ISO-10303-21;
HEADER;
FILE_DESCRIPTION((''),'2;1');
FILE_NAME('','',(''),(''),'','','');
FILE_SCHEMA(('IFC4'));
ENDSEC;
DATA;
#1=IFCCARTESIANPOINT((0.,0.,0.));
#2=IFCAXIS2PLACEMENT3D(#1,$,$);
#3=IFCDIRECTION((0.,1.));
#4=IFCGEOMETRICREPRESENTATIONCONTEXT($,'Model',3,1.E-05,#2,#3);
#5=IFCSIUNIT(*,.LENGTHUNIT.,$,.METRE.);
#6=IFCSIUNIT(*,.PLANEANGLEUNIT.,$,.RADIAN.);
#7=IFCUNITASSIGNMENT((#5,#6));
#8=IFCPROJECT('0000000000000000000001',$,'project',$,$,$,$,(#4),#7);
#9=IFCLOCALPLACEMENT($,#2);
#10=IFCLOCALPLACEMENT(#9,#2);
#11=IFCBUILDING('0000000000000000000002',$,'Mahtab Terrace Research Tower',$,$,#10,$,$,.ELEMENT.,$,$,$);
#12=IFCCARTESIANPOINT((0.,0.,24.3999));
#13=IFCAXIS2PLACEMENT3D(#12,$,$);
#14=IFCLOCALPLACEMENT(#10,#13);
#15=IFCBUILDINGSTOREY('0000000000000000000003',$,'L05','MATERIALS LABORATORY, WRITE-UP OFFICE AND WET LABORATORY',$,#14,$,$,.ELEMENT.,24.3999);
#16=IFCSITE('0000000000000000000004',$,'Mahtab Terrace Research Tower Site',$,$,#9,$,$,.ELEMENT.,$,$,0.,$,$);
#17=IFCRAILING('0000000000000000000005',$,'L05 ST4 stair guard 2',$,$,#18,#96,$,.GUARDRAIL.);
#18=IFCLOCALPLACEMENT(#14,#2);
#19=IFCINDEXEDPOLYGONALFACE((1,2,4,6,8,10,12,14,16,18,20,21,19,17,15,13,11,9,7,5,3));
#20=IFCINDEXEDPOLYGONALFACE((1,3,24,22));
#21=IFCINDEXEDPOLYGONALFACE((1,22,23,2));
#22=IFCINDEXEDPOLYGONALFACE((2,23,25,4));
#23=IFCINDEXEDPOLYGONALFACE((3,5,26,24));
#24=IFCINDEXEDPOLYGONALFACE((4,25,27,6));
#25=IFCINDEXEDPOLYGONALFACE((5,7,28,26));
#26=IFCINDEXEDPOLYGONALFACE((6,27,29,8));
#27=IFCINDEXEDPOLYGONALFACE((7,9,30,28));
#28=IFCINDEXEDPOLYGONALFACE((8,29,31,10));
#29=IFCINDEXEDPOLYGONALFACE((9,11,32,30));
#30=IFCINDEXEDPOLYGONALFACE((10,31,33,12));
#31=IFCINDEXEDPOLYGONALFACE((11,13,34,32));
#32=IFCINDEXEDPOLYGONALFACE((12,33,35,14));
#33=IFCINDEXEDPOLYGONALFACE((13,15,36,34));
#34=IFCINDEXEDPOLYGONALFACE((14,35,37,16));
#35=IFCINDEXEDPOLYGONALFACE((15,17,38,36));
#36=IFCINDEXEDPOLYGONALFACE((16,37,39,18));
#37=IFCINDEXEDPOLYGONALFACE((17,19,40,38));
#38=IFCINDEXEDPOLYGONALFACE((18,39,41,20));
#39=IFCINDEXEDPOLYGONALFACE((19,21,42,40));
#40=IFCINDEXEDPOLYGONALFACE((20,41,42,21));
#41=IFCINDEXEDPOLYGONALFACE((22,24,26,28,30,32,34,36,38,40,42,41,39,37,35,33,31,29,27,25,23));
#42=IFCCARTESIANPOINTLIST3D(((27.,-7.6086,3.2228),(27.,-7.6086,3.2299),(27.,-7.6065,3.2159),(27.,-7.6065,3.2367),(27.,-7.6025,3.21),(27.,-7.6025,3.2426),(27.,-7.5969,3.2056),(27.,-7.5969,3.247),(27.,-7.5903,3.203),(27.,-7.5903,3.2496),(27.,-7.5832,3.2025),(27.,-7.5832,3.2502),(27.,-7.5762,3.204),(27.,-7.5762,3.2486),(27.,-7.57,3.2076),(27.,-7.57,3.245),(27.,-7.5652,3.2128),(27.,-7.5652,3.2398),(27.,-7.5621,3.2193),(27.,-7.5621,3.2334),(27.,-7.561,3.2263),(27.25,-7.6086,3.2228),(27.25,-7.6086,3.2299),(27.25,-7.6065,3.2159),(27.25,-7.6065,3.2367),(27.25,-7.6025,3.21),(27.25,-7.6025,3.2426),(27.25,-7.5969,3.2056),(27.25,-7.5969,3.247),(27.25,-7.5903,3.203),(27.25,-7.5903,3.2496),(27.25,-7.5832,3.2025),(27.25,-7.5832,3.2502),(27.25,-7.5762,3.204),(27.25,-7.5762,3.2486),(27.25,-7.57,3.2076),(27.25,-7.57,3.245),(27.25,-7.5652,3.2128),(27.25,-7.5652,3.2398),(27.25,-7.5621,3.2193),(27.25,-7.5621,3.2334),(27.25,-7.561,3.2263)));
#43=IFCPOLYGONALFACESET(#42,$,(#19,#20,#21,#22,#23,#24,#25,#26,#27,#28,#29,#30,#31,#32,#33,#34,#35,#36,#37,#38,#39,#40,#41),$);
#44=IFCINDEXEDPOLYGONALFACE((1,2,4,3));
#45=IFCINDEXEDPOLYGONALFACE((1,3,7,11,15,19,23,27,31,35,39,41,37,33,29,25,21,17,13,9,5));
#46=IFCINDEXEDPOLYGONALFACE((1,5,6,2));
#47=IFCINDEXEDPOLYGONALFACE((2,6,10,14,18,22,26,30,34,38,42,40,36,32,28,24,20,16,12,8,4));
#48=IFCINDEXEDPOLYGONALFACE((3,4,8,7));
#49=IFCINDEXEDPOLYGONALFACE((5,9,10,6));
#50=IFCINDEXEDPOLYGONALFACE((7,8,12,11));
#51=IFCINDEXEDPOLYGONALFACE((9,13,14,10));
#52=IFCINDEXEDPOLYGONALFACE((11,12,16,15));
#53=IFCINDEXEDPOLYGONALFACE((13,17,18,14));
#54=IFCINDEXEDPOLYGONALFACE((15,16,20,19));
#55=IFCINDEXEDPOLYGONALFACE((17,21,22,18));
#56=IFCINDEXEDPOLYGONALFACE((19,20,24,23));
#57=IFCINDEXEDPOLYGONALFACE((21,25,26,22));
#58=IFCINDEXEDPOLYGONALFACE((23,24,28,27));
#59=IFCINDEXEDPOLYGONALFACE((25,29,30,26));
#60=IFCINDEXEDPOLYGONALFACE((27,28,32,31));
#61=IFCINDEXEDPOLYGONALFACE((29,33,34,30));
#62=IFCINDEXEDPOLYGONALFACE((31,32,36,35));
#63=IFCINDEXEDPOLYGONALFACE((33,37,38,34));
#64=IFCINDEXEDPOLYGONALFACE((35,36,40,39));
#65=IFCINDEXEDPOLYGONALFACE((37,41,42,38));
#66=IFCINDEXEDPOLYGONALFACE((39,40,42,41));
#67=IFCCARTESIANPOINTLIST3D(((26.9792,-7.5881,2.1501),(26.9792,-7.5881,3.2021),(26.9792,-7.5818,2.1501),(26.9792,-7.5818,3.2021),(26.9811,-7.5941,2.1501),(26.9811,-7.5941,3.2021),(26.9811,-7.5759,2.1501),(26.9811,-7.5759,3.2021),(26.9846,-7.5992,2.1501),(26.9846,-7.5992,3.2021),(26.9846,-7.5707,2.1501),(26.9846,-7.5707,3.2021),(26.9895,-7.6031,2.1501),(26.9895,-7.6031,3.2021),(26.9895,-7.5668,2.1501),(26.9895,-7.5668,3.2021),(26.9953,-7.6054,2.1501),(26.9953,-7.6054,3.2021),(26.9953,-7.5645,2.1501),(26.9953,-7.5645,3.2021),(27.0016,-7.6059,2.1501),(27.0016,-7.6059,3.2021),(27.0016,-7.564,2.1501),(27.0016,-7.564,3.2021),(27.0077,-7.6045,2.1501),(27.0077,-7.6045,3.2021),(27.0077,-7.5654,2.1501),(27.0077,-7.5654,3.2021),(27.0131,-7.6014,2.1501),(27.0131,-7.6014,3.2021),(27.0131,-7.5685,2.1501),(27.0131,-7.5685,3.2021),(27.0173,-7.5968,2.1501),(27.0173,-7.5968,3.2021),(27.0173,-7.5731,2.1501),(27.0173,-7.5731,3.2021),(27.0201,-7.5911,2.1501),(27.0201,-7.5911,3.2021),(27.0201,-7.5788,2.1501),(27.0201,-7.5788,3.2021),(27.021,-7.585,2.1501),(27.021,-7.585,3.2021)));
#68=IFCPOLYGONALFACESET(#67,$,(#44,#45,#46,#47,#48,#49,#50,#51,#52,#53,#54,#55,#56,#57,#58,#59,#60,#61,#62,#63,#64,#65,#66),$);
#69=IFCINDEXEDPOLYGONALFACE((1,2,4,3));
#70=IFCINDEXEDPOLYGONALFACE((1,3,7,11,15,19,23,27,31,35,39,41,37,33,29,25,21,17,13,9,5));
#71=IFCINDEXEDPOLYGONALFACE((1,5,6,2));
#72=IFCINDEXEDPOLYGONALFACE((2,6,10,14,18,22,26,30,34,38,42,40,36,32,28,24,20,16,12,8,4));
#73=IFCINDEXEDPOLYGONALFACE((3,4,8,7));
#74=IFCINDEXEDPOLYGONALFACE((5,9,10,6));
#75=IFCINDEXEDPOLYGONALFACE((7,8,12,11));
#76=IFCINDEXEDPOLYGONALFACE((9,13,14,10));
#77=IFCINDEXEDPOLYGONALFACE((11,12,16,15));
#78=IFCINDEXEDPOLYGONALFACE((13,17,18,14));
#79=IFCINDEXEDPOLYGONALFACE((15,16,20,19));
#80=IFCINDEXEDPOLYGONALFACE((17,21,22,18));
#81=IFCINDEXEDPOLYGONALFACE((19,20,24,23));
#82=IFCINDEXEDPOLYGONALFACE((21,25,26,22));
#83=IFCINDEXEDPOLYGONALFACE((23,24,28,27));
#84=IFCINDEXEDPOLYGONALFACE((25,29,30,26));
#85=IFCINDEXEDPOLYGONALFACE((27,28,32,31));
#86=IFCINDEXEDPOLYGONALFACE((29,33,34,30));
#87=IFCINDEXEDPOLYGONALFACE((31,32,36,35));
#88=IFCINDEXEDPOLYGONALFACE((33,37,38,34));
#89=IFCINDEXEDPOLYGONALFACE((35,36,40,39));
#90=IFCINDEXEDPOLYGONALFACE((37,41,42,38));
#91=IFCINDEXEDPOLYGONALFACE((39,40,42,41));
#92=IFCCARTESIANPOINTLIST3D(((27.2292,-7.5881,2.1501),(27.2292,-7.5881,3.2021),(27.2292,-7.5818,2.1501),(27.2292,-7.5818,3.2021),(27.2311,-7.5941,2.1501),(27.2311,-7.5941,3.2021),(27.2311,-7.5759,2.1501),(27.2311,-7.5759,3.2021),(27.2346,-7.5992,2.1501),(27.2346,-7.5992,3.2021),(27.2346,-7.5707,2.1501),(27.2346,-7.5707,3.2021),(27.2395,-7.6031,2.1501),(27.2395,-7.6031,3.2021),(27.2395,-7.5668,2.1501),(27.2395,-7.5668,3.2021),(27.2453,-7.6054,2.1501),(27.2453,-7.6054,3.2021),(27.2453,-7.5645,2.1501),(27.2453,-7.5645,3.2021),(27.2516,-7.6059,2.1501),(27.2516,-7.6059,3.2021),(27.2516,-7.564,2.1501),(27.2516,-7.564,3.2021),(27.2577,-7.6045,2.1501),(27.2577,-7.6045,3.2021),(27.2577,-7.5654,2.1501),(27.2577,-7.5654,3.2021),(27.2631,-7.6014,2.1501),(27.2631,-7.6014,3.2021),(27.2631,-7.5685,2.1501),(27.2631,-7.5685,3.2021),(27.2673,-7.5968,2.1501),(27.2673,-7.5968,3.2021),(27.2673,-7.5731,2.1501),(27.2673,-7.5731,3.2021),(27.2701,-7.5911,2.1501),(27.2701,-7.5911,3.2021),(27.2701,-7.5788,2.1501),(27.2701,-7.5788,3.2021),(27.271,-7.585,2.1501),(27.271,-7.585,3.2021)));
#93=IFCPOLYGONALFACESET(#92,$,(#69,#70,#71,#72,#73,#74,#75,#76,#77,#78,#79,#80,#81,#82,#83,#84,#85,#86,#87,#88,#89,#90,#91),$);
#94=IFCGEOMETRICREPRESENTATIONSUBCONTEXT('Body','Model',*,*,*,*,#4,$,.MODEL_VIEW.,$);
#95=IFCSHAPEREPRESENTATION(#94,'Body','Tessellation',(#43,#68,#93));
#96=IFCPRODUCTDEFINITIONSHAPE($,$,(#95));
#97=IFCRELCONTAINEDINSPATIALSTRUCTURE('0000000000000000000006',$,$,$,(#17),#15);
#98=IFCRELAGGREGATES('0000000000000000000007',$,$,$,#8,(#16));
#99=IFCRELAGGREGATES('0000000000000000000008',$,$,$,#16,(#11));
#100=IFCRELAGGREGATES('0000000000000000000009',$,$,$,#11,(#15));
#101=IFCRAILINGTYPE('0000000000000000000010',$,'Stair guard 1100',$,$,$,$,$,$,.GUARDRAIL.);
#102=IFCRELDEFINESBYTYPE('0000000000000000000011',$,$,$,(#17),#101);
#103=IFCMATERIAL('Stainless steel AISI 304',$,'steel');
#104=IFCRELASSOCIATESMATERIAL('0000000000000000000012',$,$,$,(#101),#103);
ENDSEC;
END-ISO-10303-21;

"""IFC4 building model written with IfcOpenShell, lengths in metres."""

from ifc_helpers import new_model, si_unit, direction, frame, origin, origin_2d, place, context, subcontext, project, spatial, circle, extrude, material, type_object, element, save


model = new_model("IFC4")

# Units and contexts
model_context = context("Model", 3, precision=1e-05, world=origin(), true_north=direction((0.0, 1.0)))
body_context = subcontext(model_context, "Body", "Model", "MODEL_VIEW")
ifc_project = project(units=[si_unit("LENGTHUNIT", "METRE"), si_unit("PLANEANGLEUNIT", "RADIAN")], contexts=[model_context])

# Site, building, storey
site_placement = place(None, origin())
site = spatial("IfcSite", under=ifc_project, at=site_placement, Name="Mahtab Terrace Research Tower Site", CompositionType="ELEMENT", RefElevation=0.0)
building_placement = place(site_placement, origin())
building = spatial("IfcBuilding", under=site, at=building_placement, Name="Mahtab Terrace Research Tower", CompositionType="ELEMENT")
storey_placement = place(building_placement, frame((0.0, 0.0, 24.3999)))
storey = spatial("IfcBuildingStorey", under=building, at=storey_placement, Name="L05", Description="MATERIALS LABORATORY, WRITE-UP OFFICE AND WET LABORATORY", CompositionType="ELEMENT", Elevation=24.3999)

# Shared definitions
ifc_material_1 = material(Name="Stainless steel AISI 304", Category="steel")

# Railing
railing_type_1 = type_object("IfcRailingType", Name="Stair guard 1100", PredefinedType="GUARDRAIL", material=ifc_material_1)
railing_1_placement = place(storey_placement, frame((27.0, -7.585, 2.1501)))
element("IfcRailing", 1, at=railing_1_placement, inside=storey, type_object=railing_type_1, Name="L05 ST4 stair guard 2", PredefinedType="GUARDRAIL", context=body_context, shape_type="SweptSolid", body=[
    extrude(circle(Radius=0.0239, at=origin_2d()), frame((0.0, 0.0, 1.0762), z_axis=(1.0, 0.0, 0.0), x_axis=(0.0, 1.0, 0.0)), (0.0, 0.0, 1.0), 0.25),
    extrude(circle(Radius=0.021, at=origin_2d()), origin(), (0.0, 0.0, 1.0), 1.052),
    extrude(circle(Radius=0.021, at=origin_2d()), frame((0.25, 0.0, 0.0)), (0.0, 0.0, 1.0), 1.052),
])

save(model, "model.ifc")
